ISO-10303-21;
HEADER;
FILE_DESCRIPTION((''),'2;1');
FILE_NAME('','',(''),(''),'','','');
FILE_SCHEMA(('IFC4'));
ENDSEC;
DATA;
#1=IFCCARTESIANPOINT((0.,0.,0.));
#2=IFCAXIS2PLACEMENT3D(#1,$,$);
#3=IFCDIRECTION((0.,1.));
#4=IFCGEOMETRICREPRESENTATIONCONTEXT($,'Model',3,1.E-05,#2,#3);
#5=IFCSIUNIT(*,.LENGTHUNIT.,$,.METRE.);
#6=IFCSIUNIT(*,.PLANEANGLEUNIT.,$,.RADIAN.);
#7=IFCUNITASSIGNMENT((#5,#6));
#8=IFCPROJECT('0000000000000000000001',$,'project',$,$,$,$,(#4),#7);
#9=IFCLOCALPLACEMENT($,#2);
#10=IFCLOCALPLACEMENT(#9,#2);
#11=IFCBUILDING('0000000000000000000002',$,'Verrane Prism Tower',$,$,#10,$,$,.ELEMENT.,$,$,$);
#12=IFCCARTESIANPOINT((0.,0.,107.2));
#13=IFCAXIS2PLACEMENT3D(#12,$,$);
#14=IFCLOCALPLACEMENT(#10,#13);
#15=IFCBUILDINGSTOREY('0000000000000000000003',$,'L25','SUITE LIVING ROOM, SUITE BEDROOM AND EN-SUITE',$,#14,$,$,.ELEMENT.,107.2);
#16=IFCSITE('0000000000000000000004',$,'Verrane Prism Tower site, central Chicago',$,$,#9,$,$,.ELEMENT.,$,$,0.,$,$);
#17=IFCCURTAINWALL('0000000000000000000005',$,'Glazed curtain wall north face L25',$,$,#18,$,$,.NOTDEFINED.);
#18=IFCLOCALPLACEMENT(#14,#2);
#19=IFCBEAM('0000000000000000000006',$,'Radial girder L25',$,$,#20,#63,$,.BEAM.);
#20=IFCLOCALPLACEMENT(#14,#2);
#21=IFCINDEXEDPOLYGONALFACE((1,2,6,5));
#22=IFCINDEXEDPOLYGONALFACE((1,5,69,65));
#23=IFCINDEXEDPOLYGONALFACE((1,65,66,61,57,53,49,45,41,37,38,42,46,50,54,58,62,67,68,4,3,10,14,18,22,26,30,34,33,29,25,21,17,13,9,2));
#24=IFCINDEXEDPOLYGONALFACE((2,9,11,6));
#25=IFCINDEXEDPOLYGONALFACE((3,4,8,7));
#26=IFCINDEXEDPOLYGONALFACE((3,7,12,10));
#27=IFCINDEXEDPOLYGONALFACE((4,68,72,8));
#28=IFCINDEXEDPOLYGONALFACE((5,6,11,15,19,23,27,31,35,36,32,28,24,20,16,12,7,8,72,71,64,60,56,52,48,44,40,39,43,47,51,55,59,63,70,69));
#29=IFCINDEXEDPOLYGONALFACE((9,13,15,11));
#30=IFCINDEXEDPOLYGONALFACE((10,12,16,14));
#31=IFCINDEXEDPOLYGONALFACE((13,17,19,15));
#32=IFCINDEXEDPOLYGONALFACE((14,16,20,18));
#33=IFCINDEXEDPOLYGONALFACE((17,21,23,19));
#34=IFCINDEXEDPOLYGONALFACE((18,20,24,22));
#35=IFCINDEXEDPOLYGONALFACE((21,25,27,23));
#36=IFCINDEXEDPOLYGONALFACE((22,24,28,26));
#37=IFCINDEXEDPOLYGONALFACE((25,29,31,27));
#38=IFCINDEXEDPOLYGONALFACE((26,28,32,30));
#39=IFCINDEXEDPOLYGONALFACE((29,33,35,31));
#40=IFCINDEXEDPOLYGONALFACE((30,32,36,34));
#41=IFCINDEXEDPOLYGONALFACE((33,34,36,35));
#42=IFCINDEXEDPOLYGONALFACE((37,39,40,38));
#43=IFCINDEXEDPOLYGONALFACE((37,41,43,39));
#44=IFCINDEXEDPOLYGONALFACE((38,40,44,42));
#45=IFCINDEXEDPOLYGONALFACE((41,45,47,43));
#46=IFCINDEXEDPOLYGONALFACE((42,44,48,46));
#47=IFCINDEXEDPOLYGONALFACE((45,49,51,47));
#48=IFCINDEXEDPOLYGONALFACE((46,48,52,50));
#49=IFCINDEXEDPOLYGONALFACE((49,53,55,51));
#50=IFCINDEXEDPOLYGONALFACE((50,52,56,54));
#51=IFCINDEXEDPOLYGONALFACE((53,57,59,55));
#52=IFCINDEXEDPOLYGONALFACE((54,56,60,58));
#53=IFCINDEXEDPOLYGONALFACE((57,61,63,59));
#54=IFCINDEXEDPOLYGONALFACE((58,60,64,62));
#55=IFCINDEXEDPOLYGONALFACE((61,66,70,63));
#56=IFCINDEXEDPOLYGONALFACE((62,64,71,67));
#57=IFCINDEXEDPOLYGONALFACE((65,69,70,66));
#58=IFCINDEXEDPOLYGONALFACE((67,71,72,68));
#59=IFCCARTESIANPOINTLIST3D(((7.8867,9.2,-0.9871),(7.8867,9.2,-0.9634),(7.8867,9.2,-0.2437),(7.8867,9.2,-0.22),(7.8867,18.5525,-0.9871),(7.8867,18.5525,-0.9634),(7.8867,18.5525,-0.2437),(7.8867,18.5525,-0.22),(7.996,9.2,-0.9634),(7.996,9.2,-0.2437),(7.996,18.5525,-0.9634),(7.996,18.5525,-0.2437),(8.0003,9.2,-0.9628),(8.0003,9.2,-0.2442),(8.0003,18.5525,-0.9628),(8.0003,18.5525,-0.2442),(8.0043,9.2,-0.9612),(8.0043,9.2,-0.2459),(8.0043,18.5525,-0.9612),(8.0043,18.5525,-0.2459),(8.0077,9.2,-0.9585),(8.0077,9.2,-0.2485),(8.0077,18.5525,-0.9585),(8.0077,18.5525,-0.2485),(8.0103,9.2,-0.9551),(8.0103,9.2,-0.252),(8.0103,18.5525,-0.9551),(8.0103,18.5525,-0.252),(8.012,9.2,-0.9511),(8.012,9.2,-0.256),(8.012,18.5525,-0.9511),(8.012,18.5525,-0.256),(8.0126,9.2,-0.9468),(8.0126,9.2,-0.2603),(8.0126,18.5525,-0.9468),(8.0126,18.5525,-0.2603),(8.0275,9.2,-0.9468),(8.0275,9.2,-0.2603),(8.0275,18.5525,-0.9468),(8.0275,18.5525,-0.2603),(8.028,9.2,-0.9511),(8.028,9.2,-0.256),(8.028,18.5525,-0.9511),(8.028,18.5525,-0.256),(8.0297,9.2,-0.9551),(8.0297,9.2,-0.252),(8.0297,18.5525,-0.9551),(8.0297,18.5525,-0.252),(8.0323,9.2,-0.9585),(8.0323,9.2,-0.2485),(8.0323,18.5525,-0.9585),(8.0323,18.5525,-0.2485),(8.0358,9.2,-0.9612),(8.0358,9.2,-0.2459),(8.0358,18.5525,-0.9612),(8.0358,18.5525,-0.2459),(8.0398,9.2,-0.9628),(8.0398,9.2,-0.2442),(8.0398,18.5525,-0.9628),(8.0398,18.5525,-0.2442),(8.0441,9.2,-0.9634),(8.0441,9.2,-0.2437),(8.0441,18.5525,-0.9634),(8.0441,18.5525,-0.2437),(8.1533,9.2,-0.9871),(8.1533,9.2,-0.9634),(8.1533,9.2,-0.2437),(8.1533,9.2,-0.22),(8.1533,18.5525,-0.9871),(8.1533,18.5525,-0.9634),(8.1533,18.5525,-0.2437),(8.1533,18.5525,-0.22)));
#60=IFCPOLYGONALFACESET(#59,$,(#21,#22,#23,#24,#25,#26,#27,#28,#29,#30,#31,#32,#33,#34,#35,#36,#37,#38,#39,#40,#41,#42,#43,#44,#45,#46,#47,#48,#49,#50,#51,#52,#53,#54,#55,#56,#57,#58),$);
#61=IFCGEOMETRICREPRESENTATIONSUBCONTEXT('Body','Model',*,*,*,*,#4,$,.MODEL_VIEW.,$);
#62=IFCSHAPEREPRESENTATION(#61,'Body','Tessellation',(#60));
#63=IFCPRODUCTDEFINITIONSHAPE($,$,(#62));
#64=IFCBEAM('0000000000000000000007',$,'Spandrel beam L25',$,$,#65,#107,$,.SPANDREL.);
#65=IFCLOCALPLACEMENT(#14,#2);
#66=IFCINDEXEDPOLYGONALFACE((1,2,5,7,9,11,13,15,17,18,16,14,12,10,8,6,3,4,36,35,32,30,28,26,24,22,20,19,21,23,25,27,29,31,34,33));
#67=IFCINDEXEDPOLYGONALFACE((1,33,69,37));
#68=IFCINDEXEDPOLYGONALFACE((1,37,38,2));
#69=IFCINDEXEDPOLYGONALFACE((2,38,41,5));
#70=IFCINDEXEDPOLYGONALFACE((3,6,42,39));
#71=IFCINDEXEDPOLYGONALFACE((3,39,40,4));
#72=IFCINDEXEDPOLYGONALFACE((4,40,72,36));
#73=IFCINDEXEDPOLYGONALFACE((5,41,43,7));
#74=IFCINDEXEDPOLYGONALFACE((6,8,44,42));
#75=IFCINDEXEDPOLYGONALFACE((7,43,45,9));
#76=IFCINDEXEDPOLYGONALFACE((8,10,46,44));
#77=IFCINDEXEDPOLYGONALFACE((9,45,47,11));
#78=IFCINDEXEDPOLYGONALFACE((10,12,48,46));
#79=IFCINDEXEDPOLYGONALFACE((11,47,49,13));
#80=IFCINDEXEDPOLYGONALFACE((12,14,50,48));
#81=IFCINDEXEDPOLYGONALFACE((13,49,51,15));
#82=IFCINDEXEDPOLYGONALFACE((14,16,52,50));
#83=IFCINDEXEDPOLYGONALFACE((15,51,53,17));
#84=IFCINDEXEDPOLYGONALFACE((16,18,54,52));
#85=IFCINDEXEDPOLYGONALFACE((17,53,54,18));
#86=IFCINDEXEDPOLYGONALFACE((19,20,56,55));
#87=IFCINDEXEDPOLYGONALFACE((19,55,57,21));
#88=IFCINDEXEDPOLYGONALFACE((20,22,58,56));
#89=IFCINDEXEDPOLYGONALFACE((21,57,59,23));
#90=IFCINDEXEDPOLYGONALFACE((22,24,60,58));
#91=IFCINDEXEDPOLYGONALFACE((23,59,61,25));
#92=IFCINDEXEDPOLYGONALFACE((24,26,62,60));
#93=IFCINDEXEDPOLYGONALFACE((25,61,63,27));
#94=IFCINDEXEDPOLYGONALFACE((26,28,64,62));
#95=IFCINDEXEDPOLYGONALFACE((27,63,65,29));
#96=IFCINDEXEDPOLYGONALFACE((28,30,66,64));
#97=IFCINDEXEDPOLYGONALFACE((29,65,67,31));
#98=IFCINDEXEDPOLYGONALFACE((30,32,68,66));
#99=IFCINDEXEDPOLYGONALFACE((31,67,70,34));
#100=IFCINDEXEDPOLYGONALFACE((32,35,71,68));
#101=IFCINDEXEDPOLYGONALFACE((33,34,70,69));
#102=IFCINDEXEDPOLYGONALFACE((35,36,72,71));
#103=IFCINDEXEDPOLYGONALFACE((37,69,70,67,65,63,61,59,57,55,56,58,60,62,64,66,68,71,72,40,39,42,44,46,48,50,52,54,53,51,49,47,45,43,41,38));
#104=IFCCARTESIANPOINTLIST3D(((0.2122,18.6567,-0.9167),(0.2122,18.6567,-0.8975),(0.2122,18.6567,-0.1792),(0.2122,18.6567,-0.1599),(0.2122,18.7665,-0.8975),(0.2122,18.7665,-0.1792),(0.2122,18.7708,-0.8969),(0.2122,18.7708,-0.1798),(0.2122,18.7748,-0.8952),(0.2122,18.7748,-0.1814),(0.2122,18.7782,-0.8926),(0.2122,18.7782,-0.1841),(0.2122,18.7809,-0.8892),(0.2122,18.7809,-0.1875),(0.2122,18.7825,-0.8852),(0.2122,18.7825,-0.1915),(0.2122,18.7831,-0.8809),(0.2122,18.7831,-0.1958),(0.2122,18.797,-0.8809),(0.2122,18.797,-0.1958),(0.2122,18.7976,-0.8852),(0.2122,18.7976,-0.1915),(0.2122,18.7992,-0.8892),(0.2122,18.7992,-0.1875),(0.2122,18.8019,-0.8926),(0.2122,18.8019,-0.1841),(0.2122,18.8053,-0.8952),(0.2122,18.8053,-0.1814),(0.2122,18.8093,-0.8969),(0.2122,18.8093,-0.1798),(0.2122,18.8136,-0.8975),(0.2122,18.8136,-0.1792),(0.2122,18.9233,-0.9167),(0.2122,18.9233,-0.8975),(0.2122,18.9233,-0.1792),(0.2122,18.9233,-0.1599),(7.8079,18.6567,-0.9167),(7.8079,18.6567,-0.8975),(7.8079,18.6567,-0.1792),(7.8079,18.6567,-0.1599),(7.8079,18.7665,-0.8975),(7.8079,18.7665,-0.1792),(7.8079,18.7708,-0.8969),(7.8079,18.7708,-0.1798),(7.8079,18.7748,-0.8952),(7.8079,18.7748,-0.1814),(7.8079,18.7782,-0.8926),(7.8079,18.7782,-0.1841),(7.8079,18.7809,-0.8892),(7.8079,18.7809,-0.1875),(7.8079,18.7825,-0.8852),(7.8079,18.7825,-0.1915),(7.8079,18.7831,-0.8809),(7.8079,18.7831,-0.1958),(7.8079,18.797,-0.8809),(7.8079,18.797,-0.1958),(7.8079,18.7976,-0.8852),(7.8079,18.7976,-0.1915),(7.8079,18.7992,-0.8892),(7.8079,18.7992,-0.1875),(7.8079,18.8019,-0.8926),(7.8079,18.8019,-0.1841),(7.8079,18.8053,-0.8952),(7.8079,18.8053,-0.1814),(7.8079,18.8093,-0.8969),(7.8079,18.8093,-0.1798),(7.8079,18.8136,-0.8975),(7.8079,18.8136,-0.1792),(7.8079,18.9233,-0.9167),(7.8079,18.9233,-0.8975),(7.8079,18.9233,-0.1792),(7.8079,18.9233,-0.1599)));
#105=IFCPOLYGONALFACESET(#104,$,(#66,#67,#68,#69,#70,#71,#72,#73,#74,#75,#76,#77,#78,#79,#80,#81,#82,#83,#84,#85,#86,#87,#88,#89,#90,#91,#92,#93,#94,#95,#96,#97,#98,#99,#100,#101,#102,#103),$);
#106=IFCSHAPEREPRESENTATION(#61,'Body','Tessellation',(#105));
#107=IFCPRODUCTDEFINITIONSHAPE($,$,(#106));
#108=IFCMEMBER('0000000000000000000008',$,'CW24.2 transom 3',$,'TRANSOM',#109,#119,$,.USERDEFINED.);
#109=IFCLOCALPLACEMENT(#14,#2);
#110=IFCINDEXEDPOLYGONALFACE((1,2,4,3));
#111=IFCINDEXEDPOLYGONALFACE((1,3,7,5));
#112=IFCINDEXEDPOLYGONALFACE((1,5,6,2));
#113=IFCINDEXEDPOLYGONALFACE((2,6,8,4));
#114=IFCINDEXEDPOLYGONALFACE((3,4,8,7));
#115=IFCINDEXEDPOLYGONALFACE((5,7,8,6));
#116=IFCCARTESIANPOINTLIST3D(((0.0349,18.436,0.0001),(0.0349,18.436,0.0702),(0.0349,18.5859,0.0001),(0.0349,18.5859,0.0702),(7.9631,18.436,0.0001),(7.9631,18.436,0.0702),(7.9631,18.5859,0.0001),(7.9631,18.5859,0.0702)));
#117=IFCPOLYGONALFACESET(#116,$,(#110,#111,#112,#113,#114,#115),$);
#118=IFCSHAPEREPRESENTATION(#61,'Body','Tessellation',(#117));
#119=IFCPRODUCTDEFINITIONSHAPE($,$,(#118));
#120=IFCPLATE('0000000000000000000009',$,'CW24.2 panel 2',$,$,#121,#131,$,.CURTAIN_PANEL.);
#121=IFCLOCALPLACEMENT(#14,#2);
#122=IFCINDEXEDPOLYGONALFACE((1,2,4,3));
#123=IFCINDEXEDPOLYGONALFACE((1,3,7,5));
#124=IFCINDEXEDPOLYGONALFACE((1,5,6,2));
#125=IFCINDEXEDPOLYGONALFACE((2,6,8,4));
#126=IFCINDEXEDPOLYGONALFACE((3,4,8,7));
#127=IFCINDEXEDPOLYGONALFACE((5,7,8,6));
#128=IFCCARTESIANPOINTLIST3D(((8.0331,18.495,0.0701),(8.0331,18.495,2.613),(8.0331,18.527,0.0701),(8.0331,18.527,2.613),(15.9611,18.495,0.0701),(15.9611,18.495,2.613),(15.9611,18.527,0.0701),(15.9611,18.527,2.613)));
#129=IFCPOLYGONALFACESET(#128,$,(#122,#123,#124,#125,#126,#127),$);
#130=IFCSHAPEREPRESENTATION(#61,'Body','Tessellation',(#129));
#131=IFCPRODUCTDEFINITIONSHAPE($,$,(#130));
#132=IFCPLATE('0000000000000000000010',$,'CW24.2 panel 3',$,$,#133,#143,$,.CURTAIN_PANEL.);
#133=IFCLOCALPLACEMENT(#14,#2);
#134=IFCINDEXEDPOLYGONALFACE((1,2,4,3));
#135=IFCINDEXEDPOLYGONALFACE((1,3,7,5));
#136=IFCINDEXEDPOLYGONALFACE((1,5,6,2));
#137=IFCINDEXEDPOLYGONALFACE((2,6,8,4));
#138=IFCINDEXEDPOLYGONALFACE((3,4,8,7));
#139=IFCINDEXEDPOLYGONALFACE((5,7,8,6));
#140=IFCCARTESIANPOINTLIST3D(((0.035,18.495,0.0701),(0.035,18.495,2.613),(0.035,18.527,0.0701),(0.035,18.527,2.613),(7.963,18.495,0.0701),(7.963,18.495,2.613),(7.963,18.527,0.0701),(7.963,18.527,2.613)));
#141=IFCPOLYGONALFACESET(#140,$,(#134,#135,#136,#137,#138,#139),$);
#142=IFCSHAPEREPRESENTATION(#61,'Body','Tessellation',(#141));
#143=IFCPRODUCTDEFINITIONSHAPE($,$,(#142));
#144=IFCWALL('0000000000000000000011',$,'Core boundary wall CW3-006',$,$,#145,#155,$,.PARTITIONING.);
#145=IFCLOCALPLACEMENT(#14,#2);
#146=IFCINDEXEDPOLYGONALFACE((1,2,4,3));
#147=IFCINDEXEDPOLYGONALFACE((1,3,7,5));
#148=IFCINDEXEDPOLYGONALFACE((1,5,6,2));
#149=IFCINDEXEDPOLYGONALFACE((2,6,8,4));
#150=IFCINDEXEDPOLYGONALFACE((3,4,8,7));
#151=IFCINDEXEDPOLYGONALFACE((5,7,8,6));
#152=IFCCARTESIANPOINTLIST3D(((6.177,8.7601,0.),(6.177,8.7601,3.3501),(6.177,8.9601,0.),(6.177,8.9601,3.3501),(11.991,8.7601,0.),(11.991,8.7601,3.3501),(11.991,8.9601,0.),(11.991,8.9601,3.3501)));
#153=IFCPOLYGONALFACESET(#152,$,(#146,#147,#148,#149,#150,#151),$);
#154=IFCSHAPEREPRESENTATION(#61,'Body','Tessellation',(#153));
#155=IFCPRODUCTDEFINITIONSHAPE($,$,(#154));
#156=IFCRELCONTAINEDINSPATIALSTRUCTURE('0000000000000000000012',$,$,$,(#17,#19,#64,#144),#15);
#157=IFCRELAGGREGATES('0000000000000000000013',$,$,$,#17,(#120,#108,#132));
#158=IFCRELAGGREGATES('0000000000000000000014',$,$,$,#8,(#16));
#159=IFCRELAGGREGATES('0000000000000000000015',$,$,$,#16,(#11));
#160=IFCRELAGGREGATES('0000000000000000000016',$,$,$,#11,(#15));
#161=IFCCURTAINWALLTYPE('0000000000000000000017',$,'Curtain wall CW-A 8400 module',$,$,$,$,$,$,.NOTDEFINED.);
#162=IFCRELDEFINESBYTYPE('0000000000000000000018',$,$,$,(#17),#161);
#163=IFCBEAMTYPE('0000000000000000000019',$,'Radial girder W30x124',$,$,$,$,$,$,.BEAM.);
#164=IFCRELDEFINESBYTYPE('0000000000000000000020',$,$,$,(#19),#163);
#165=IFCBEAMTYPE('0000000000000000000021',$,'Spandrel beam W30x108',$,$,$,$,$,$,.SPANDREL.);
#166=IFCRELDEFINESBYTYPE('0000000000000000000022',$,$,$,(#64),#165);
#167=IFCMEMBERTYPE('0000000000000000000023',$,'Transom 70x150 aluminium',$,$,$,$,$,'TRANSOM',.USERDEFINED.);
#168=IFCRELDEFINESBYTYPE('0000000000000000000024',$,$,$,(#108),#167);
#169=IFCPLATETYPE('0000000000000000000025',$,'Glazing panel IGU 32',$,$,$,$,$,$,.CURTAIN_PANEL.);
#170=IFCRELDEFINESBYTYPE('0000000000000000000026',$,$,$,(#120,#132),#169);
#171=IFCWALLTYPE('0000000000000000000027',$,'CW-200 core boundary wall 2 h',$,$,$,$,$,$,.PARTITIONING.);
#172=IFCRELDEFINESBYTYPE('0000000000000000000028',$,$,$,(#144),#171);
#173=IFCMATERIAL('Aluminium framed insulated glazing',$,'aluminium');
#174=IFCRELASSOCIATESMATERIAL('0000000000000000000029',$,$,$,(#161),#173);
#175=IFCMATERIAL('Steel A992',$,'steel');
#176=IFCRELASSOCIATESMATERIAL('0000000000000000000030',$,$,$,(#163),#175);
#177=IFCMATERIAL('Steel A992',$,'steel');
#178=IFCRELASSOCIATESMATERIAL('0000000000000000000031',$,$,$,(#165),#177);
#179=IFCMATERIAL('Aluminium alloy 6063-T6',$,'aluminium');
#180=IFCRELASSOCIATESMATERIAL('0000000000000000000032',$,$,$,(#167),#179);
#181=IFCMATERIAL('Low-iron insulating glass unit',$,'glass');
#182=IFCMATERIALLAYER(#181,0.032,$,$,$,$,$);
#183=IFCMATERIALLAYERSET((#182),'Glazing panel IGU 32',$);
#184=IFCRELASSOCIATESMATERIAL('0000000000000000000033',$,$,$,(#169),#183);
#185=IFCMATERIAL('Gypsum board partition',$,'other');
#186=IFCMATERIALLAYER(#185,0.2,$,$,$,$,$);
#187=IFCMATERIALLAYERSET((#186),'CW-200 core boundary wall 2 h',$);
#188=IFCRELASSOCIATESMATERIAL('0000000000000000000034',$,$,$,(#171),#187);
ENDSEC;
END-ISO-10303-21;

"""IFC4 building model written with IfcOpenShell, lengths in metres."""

from ifc_helpers import new_model, si_unit, direction, frame, frame_2d, origin, origin_2d, place, context, subcontext, project, spatial, rectangle, i_section, extrude, material, layer, layer_set, material_profile, profile_set, type_object, element, aggregate, save


model = new_model("IFC4")

# Units and contexts
model_context = context("Model", 3, precision=1e-05, world=origin(), true_north=direction((0.0, 1.0)))
body_context = subcontext(model_context, "Body", "Model", "MODEL_VIEW")
ifc_project = project(units=[si_unit("LENGTHUNIT", "METRE"), si_unit("PLANEANGLEUNIT", "RADIAN")], contexts=[model_context])

# Site, building, storey
site_placement = place(None, origin())
site = spatial("IfcSite", under=ifc_project, at=site_placement, Name="Verrane Prism Tower site, central Chicago", CompositionType="ELEMENT", RefElevation=0.0)
building_placement = place(site_placement, origin())
building = spatial("IfcBuilding", under=site, at=building_placement, Name="Verrane Prism Tower", CompositionType="ELEMENT")
storey_placement = place(building_placement, frame((0.0, 0.0, 107.2)))
storey = spatial("IfcBuildingStorey", under=building, at=storey_placement, Name="L25", Description="SUITE LIVING ROOM, SUITE BEDROOM AND EN-SUITE", CompositionType="ELEMENT", Elevation=107.2)

# Curtain wall
ifc_material_1 = material(Name="Aluminium framed insulated glazing", Category="aluminium")
curtain_wall_type = type_object("IfcCurtainWallType", Name="Curtain wall CW-A 8400 module", PredefinedType="NOTDEFINED", material=ifc_material_1)
curtain_wall_placement = place(storey_placement, origin())
curtain_wall = element("IfcCurtainWall", 1, at=curtain_wall_placement, inside=storey, type_object=curtain_wall_type, Name="Glazed curtain wall north face L25", PredefinedType="NOTDEFINED")

# Beams
ifc_material_2 = material(Name="Steel A992", Category="steel")
ifc_material_profile_1 = material_profile(ifc_material_2, i_section(OverallWidth=0.2666, OverallDepth=0.7671, WebThickness=0.0149, FlangeThickness=0.0237, FilletRadius=0.0166, at=origin_2d()), Name="W30x124")
ifc_profile_set_1 = profile_set([ifc_material_profile_1], Name="Steel A992")
beam_type_1 = type_object("IfcBeamType", Name="Radial girder W30x124", PredefinedType="BEAM", material=ifc_profile_set_1)
beam_1_placement = place(storey_placement, frame((8.02, 18.5525, -0.6035), z_axis=(0.0, -1.0, 0.0), x_axis=(1.0, 0.0, 0.0)))
element("IfcBeam", 2, at=beam_1_placement, inside=storey, type_object=beam_type_1, Name="Radial girder L25", PredefinedType="BEAM", context=body_context, shape_type="SweptSolid", body=[
    extrude(i_section(OverallWidth=0.2666, OverallDepth=0.7671, WebThickness=0.0149, FlangeThickness=0.0237, FilletRadius=0.0166, at=origin_2d()), origin(), (0.0, 0.0, 1.0), 9.3525),
])
ifc_material_3 = material(Name="Steel A992", Category="steel")
ifc_material_profile_2 = material_profile(ifc_material_3, i_section(OverallWidth=0.2666, OverallDepth=0.7568, WebThickness=0.0139, FlangeThickness=0.0193, FilletRadius=0.0166, at=origin_2d()), Name="W30x108")
ifc_profile_set_2 = profile_set([ifc_material_profile_2], Name="Steel A992")
beam_type_2 = type_object("IfcBeamType", Name="Spandrel beam W30x108", PredefinedType="SPANDREL", material=ifc_profile_set_2)
beam_2_placement = place(storey_placement, frame((7.8079, 18.79, -0.5383), z_axis=(-1.0, 0.0, 0.0), x_axis=(0.0, -1.0, 0.0)))
element("IfcBeam", 3, at=beam_2_placement, inside=storey, type_object=beam_type_2, Name="Spandrel beam L25", PredefinedType="SPANDREL", context=body_context, shape_type="SweptSolid", body=[
    extrude(i_section(OverallWidth=0.2666, OverallDepth=0.7568, WebThickness=0.0139, FlangeThickness=0.0193, FilletRadius=0.0166, at=origin_2d()), origin(), (0.0, 0.0, 1.0), 7.5957),
])

# Member
ifc_material_4 = material(Name="Aluminium alloy 6063-T6", Category="aluminium")
ifc_material_profile_3 = material_profile(ifc_material_4, rectangle(XDim=0.1499, YDim=0.0701, at=origin_2d()), Name="Transom 70x150 aluminium")
ifc_profile_set_3 = profile_set([ifc_material_profile_3], Name="Aluminium alloy 6063-T6")
member_type_1 = type_object("IfcMemberType", Name="Transom 70x150 aluminium", ElementType="TRANSOM", PredefinedType="USERDEFINED", material=ifc_profile_set_3)
member_1_placement = place(storey_placement, frame((7.9631, 18.511, 0.0352), z_axis=(-1.0, 0.0, 0.0), x_axis=(0.0, -1.0, 0.0)))
member_1 = element("IfcMember", 4, at=member_1_placement, type_object=member_type_1, Name="CW24.2 transom 3", ObjectType="TRANSOM", PredefinedType="USERDEFINED", context=body_context, shape_type="SweptSolid", body=[
    extrude(rectangle(XDim=0.1499, YDim=0.0701, at=origin_2d()), origin(), (0.0, 0.0, 1.0), 7.9282),
])

# Plates
ifc_material_5 = material(Name="Low-iron insulating glass unit", Category="glass")
ifc_layer_1 = layer(ifc_material_5, 0.032)
ifc_layer_set_1 = layer_set([ifc_layer_1], Name="Glazing panel IGU 32")
plate_type = type_object("IfcPlateType", Name="Glazing panel IGU 32", PredefinedType="CURTAIN_PANEL", material=ifc_layer_set_1)
plate_1_placement = place(storey_placement, frame((11.9971, 18.511, 0.0701), z_axis=(0.0, 0.0, 1.0), x_axis=(-1.0, 0.0, 0.0)))
plate_1 = element("IfcPlate", 5, at=plate_1_placement, type_object=plate_type, Name="CW24.2 panel 2", PredefinedType="CURTAIN_PANEL", context=body_context, shape_type="SweptSolid", body=[
    extrude(rectangle(XDim=7.928, YDim=0.032, at=origin_2d()), origin(), (0.0, 0.0, 1.0), 2.543),
])
plate_2_placement = place(storey_placement, frame((3.999, 18.511, 0.0701), z_axis=(0.0, 0.0, 1.0), x_axis=(-1.0, 0.0, 0.0)))
plate_2 = element("IfcPlate", 6, at=plate_2_placement, type_object=plate_type, Name="CW24.2 panel 3", PredefinedType="CURTAIN_PANEL", context=body_context, shape_type="SweptSolid", body=[
    extrude(rectangle(XDim=7.928, YDim=0.032, at=origin_2d()), origin(), (0.0, 0.0, 1.0), 2.543),
])
aggregate(curtain_wall, [plate_1, member_1, plate_2])

# Wall
ifc_material_6 = material(Name="Gypsum board partition", Category="other")
ifc_layer_2 = layer(ifc_material_6, 0.2)
ifc_layer_set_2 = layer_set([ifc_layer_2], Name="CW-200 core boundary wall 2 h")
wall_type_1 = type_object("IfcWallType", Name="CW-200 core boundary wall 2 h", PredefinedType="PARTITIONING", material=ifc_layer_set_2)
wall_1_placement = place(storey_placement, frame((6.177, 8.8601, 0.0), z_axis=(0.0, 0.0, 1.0), x_axis=(1.0, 0.0, 0.0)))
element("IfcWall", 7, at=wall_1_placement, inside=storey, type_object=wall_type_1, Name="Core boundary wall CW3-006", PredefinedType="PARTITIONING", context=body_context, shape_type="SweptSolid", body=[
    extrude(rectangle(XDim=5.814, YDim=0.2, at=frame_2d((2.907, 0.0))), origin(), (0.0, 0.0, 1.0), 3.3501),
])

save(model, "model.ifc")
